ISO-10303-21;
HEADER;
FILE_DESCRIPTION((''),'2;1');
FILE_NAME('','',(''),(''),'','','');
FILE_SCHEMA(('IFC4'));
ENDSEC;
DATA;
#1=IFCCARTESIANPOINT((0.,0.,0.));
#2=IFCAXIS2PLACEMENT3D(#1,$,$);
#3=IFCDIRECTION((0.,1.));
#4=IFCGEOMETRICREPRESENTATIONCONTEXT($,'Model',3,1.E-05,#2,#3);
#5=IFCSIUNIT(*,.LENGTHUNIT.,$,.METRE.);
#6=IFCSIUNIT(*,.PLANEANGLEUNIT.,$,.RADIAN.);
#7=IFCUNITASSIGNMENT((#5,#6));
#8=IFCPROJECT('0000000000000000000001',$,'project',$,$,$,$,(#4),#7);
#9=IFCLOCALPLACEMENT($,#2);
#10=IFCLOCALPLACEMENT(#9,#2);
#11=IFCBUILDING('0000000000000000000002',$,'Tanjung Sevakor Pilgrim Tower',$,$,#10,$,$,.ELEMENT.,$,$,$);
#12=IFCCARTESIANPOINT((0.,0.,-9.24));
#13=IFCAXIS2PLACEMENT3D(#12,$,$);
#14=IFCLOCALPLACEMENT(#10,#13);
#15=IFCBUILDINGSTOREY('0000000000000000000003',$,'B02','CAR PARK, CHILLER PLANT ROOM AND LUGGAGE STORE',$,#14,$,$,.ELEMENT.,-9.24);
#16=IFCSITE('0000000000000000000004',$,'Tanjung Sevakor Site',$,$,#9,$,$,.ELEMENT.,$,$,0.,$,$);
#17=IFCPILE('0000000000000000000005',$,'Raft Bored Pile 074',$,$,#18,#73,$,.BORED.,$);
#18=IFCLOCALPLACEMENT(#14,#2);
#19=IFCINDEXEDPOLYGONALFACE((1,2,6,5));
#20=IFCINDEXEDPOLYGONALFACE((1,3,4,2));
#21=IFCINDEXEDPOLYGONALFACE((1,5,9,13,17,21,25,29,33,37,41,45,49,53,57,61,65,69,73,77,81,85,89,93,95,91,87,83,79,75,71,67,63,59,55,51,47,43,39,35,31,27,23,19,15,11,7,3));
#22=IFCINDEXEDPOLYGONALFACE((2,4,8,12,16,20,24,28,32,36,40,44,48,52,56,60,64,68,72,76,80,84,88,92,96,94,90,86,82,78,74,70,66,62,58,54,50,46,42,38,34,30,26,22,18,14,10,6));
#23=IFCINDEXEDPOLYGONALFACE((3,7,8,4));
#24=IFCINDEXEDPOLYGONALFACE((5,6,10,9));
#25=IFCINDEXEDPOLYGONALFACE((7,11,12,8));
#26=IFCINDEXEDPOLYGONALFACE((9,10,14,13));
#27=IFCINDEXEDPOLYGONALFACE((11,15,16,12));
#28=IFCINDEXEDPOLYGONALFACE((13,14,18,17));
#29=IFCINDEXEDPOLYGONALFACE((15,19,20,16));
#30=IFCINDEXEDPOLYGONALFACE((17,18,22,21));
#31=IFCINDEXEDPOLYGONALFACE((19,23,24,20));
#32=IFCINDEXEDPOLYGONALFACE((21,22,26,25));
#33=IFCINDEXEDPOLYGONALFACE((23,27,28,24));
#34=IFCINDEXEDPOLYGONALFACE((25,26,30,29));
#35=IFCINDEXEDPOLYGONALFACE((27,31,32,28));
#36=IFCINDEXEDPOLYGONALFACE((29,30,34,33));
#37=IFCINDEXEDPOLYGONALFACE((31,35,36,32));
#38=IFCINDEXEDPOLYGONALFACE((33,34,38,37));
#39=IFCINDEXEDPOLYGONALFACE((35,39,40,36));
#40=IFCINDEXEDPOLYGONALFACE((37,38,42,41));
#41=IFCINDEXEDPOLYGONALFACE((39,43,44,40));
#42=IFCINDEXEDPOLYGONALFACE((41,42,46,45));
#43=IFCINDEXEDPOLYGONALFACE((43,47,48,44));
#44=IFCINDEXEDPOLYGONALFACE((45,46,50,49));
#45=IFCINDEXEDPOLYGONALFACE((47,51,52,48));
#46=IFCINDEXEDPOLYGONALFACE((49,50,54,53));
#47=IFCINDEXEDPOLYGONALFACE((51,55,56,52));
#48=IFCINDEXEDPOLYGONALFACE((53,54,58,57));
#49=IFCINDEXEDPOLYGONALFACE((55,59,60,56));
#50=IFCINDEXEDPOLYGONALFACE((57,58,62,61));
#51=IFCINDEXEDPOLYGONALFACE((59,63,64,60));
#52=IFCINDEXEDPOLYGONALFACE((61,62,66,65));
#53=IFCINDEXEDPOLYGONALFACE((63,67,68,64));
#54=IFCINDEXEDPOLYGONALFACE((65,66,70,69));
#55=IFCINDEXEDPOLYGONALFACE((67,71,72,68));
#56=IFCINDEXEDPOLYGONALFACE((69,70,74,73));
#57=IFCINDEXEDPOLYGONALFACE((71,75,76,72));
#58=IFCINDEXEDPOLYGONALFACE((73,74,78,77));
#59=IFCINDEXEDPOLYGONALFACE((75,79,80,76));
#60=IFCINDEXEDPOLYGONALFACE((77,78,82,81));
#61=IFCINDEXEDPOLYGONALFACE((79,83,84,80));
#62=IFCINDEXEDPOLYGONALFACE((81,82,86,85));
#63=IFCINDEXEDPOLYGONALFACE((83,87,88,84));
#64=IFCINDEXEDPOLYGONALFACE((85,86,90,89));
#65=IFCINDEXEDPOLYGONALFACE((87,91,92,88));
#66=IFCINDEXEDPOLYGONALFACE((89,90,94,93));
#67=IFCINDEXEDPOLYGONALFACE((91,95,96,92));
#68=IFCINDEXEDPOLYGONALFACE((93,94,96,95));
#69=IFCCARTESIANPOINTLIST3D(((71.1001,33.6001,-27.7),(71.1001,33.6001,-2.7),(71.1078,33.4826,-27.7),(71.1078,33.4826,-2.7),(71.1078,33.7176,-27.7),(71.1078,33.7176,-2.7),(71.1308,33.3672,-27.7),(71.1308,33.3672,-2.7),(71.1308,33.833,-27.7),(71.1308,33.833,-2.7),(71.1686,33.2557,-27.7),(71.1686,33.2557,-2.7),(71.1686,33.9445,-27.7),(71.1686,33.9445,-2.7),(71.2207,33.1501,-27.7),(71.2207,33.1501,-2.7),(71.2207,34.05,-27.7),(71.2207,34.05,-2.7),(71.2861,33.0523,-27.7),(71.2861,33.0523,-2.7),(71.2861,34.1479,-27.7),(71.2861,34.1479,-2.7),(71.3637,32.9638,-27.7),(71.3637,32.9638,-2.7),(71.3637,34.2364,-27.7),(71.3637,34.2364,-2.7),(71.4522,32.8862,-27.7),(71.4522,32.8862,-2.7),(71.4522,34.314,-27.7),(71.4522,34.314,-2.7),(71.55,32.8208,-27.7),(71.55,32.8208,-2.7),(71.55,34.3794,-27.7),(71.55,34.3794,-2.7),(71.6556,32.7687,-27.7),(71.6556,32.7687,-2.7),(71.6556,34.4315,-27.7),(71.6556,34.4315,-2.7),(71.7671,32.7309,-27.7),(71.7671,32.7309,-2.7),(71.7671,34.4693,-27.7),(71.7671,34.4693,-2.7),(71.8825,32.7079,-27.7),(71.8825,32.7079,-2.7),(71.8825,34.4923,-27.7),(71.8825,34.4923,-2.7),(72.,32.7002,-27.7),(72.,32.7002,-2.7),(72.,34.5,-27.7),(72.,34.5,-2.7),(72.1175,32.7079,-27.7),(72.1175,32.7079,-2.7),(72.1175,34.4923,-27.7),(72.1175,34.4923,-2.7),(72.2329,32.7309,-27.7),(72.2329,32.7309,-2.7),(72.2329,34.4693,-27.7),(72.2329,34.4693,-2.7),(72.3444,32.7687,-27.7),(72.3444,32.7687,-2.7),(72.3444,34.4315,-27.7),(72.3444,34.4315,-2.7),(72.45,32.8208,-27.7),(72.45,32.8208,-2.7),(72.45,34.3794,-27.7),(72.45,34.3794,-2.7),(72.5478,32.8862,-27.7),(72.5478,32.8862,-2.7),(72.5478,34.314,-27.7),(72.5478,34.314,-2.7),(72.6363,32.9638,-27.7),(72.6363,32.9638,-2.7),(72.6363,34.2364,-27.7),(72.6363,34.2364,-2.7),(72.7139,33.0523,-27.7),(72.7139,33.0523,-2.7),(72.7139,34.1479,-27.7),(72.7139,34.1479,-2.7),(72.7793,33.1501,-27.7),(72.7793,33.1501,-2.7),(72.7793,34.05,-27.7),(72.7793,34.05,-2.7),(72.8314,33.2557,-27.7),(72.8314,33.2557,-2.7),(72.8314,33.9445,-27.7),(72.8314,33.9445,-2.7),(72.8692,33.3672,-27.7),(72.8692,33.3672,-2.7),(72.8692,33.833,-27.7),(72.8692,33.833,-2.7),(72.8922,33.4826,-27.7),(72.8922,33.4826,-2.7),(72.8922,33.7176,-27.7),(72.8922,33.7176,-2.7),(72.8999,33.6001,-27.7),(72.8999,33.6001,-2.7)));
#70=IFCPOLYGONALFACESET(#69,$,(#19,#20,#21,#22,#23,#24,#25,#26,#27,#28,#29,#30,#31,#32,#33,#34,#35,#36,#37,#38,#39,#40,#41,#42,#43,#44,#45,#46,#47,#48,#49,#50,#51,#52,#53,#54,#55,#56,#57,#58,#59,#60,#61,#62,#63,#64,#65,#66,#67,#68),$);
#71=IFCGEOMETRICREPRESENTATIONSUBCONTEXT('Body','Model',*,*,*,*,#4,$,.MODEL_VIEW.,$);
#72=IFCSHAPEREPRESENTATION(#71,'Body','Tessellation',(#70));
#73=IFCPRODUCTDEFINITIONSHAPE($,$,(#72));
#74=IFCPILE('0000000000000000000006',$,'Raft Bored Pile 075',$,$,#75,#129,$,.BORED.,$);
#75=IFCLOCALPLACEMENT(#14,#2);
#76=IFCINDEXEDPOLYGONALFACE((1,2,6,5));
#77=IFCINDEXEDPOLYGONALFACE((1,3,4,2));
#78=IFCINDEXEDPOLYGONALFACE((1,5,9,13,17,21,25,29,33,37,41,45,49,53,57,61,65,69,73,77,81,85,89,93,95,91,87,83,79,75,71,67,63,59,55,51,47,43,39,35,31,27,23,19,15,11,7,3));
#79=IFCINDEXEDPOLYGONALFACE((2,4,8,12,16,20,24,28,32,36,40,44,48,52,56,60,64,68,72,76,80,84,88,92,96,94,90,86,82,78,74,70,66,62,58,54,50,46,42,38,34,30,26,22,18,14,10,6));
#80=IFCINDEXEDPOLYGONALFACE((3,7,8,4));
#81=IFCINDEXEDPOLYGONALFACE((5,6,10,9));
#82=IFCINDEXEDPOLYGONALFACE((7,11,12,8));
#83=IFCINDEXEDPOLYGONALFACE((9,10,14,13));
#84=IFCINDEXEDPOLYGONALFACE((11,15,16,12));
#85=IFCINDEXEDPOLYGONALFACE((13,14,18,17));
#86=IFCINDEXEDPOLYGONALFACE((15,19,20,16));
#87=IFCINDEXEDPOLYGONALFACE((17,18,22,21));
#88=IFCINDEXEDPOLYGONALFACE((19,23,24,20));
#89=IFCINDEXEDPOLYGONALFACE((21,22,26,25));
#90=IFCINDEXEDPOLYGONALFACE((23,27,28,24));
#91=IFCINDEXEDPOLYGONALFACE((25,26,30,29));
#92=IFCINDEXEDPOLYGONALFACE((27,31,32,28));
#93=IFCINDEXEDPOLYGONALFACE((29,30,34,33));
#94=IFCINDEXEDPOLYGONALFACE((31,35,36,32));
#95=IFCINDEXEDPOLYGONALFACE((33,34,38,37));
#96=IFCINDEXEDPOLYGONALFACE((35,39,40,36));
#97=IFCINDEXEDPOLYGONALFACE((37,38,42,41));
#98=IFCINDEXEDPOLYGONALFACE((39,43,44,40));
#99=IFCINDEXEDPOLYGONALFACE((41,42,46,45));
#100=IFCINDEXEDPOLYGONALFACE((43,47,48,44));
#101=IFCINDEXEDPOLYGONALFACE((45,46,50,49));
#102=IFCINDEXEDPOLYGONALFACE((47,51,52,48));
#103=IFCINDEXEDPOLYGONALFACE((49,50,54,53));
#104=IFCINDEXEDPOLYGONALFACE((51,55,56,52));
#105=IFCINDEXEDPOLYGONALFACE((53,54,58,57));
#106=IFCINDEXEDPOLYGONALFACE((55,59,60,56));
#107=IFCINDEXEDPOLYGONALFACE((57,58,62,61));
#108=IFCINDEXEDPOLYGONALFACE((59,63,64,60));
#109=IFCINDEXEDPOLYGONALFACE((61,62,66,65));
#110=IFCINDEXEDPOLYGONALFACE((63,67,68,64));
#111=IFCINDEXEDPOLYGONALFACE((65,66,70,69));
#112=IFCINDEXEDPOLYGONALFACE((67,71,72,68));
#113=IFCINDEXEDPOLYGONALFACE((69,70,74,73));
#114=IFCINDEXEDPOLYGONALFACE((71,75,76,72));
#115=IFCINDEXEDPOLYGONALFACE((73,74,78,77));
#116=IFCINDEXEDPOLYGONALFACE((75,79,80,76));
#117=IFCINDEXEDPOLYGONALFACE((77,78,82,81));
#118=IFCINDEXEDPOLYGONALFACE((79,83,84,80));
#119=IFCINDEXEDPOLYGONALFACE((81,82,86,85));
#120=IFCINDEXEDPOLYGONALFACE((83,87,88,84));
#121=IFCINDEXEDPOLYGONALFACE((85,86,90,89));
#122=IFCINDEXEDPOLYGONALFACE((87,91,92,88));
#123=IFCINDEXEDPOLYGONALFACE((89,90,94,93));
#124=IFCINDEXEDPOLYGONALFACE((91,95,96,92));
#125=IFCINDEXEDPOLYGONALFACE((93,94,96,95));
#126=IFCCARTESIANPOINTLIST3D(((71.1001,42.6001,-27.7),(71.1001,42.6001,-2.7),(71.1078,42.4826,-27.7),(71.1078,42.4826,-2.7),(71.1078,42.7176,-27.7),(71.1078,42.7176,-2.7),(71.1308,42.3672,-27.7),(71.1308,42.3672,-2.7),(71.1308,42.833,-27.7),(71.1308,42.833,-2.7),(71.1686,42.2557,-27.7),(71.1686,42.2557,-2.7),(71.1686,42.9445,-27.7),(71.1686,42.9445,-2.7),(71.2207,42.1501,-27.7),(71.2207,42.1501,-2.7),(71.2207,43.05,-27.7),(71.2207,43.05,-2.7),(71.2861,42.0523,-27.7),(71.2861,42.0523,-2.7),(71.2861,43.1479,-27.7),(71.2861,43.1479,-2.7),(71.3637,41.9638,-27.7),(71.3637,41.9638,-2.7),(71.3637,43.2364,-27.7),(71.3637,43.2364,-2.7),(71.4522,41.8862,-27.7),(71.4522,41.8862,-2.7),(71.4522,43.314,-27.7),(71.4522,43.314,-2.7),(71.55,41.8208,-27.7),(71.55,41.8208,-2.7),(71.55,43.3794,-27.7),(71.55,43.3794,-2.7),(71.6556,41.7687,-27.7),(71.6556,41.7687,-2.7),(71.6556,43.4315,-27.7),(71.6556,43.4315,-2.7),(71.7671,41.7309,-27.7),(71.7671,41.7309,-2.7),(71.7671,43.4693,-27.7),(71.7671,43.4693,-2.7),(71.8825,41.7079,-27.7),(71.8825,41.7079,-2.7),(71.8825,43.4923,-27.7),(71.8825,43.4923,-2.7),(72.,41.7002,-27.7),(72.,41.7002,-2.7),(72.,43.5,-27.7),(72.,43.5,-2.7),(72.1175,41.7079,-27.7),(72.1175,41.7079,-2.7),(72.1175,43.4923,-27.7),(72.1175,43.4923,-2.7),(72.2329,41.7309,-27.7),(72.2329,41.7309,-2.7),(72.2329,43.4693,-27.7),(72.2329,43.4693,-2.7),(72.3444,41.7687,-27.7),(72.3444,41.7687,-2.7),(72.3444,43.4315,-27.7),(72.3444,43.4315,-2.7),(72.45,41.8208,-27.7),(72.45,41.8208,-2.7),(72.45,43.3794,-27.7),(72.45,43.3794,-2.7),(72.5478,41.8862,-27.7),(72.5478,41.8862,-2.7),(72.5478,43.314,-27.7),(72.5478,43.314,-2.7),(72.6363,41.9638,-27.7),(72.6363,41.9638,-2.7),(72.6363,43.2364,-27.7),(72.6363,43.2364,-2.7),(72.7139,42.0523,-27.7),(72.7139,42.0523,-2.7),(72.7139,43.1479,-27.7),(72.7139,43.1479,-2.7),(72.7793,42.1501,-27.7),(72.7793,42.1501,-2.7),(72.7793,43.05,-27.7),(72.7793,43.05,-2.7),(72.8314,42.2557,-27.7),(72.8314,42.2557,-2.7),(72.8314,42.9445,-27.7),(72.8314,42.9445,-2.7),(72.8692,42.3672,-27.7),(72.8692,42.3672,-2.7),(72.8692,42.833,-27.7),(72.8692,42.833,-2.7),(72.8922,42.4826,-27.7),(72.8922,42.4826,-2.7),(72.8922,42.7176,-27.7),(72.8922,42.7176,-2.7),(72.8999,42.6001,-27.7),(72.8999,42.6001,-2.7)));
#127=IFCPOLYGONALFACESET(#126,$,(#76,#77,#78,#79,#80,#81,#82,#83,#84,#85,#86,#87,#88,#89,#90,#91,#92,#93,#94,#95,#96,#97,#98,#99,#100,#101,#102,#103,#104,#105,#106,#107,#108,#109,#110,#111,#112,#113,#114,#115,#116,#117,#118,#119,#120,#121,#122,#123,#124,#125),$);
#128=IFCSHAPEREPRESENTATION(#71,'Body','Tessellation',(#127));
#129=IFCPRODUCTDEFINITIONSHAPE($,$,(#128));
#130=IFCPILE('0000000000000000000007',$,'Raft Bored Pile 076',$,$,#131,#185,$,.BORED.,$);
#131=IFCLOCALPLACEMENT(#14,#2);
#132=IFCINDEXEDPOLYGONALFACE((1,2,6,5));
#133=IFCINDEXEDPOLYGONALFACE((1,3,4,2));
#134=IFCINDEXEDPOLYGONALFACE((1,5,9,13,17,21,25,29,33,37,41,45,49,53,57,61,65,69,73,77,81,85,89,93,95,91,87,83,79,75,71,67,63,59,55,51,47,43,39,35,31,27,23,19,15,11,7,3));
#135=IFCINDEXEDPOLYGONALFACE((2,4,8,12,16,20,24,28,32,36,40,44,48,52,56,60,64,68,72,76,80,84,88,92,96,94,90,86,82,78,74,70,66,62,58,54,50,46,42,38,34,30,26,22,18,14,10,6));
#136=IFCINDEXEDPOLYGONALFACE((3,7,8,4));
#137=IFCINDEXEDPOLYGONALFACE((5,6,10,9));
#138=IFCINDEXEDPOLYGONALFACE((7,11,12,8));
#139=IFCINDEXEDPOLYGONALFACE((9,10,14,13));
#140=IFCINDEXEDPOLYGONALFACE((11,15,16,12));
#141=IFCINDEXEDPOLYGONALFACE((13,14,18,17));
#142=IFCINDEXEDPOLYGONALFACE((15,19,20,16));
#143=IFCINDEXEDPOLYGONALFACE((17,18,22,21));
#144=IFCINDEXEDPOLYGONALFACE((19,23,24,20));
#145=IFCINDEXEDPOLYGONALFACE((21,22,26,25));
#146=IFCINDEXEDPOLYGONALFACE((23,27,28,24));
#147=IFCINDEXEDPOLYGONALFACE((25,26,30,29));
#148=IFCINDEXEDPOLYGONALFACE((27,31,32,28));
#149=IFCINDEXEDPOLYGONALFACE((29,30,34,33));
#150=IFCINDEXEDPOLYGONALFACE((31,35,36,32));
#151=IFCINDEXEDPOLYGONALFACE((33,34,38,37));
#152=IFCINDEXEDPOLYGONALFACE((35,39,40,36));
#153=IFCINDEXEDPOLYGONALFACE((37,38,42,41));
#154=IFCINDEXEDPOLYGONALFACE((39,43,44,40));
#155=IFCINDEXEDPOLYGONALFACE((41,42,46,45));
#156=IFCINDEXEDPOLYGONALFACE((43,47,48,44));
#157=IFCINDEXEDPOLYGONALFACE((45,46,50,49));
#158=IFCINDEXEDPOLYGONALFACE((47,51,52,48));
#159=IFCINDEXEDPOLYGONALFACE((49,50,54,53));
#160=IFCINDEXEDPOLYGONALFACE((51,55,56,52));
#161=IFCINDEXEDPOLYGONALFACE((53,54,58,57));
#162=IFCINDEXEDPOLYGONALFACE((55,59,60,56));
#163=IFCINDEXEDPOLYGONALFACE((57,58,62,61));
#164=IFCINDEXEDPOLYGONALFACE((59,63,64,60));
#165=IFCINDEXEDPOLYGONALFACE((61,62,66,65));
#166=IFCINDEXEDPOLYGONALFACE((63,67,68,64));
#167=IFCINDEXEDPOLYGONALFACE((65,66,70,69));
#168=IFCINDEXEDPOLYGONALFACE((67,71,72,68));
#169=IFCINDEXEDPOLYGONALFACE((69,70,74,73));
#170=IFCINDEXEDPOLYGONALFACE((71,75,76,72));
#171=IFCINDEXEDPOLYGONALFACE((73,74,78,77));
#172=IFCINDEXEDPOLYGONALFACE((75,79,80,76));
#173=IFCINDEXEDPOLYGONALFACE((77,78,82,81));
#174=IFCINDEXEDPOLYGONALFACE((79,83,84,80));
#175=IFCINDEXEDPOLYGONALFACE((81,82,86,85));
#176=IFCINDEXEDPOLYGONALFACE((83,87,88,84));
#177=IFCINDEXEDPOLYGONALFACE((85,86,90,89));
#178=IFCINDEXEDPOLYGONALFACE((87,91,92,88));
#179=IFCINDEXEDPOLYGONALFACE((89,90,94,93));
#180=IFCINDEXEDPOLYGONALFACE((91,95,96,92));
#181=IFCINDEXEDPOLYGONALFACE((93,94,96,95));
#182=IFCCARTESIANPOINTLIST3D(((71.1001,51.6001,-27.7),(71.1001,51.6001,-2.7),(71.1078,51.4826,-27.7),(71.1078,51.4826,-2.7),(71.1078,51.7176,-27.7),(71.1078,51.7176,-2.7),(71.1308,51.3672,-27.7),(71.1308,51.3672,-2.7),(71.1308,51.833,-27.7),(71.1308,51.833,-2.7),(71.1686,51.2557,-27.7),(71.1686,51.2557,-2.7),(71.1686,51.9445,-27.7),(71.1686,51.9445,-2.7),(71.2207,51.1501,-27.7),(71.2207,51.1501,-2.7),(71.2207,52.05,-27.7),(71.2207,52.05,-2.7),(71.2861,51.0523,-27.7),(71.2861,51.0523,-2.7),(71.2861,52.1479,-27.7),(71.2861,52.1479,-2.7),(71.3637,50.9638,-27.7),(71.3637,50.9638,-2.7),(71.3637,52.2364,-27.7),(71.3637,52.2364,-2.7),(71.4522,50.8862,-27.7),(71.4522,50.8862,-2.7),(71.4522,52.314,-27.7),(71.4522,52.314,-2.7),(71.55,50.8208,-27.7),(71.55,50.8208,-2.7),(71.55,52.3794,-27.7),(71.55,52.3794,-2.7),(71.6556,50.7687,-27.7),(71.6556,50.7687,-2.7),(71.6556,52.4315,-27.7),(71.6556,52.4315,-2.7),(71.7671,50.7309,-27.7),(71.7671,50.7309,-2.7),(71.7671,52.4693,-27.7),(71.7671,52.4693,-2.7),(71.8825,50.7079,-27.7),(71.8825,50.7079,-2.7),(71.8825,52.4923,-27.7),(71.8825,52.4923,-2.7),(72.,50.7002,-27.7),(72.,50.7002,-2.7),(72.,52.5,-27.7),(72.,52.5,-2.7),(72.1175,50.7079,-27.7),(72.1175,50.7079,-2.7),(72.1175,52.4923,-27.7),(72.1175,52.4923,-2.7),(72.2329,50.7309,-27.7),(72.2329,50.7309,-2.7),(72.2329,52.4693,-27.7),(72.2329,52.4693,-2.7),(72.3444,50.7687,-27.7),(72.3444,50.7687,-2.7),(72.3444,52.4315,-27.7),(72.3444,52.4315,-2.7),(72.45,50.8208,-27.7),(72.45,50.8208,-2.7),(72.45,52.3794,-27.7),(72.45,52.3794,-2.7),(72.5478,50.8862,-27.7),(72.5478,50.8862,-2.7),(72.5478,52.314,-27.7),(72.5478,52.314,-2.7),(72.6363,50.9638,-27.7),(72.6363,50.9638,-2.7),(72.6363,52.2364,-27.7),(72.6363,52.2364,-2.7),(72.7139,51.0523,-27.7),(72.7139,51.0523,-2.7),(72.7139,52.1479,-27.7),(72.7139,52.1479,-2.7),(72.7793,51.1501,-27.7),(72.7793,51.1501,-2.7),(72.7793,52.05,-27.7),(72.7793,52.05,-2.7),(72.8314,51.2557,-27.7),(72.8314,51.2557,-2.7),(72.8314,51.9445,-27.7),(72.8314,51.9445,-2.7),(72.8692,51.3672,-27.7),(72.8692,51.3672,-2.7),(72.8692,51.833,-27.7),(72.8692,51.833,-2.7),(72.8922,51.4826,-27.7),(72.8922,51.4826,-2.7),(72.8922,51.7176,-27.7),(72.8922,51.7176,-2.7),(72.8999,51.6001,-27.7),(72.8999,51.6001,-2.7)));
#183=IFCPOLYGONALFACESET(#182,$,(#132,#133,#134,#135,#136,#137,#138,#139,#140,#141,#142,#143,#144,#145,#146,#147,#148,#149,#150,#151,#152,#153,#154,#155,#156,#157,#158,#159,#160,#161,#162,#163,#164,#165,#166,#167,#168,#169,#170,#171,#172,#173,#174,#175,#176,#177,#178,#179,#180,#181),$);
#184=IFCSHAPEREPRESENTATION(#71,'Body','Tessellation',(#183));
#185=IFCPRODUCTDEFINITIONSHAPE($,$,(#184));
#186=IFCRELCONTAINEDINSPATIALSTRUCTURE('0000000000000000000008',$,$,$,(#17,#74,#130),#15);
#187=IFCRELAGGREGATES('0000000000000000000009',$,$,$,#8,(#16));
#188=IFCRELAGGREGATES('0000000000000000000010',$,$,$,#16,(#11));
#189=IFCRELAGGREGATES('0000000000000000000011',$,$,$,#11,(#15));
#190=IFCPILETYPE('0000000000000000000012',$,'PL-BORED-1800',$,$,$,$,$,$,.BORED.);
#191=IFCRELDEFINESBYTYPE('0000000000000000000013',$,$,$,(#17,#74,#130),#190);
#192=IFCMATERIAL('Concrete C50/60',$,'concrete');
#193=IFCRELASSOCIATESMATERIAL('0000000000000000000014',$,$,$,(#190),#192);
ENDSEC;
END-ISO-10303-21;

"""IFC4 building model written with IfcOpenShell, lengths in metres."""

from ifc_helpers import new_model, si_unit, direction, frame, origin, origin_2d, place, context, subcontext, project, spatial, circle, extrude, material, material_profile, profile_set, type_object, element, save


model = new_model("IFC4")

# Units and contexts
model_context = context("Model", 3, precision=1e-05, world=origin(), true_north=direction((0.0, 1.0)))
body_context = subcontext(model_context, "Body", "Model", "MODEL_VIEW")
ifc_project = project(units=[si_unit("LENGTHUNIT", "METRE"), si_unit("PLANEANGLEUNIT", "RADIAN")], contexts=[model_context])

# Site, building, storey
site_placement = place(None, origin())
site = spatial("IfcSite", under=ifc_project, at=site_placement, Name="Tanjung Sevakor Site", CompositionType="ELEMENT", RefElevation=0.0)
building_placement = place(site_placement, origin())
building = spatial("IfcBuilding", under=site, at=building_placement, Name="Tanjung Sevakor Pilgrim Tower", CompositionType="ELEMENT")
storey_placement = place(building_placement, frame((0.0, 0.0, -9.24)))
storey = spatial("IfcBuildingStorey", under=building, at=storey_placement, Name="B02", Description="CAR PARK, CHILLER PLANT ROOM AND LUGGAGE STORE", CompositionType="ELEMENT", Elevation=-9.24)

# Piles
ifc_material_1 = material(Name="Concrete C50/60", Category="concrete")
ifc_material_profile_1 = material_profile(ifc_material_1, circle(Radius=0.8999, at=origin_2d()))
ifc_profile_set_1 = profile_set([ifc_material_profile_1], Name="Concrete C50/60")
pile_type = type_object("IfcPileType", Name="PL-BORED-1800", PredefinedType="BORED", material=ifc_profile_set_1)
for number, where, z_axis, x_axis, name in (
    (1, (72.0, 33.6001, -2.7), (0.0, 0.0, -1.0), (1.0, 0.0, 0.0), "Raft Bored Pile 074"),
    (2, (72.0, 42.6001, -2.7), (0.0, 0.0, -1.0), (1.0, 0.0, 0.0), "Raft Bored Pile 075"),
    (3, (72.0, 51.6001, -2.7), (0.0, 0.0, -1.0), (1.0, 0.0, 0.0), "Raft Bored Pile 076"),
):
    element("IfcPile", number, at=place(storey_placement, frame(where, z_axis=z_axis, x_axis=x_axis)), inside=storey, type_object=pile_type, Name=name, PredefinedType="BORED", context=body_context, shape_type="SweptSolid", body=[
        extrude(circle(Radius=0.8999, at=origin_2d()), origin(), (0.0, 0.0, 1.0), 25.0),
    ])

save(model, "model.ifc")
